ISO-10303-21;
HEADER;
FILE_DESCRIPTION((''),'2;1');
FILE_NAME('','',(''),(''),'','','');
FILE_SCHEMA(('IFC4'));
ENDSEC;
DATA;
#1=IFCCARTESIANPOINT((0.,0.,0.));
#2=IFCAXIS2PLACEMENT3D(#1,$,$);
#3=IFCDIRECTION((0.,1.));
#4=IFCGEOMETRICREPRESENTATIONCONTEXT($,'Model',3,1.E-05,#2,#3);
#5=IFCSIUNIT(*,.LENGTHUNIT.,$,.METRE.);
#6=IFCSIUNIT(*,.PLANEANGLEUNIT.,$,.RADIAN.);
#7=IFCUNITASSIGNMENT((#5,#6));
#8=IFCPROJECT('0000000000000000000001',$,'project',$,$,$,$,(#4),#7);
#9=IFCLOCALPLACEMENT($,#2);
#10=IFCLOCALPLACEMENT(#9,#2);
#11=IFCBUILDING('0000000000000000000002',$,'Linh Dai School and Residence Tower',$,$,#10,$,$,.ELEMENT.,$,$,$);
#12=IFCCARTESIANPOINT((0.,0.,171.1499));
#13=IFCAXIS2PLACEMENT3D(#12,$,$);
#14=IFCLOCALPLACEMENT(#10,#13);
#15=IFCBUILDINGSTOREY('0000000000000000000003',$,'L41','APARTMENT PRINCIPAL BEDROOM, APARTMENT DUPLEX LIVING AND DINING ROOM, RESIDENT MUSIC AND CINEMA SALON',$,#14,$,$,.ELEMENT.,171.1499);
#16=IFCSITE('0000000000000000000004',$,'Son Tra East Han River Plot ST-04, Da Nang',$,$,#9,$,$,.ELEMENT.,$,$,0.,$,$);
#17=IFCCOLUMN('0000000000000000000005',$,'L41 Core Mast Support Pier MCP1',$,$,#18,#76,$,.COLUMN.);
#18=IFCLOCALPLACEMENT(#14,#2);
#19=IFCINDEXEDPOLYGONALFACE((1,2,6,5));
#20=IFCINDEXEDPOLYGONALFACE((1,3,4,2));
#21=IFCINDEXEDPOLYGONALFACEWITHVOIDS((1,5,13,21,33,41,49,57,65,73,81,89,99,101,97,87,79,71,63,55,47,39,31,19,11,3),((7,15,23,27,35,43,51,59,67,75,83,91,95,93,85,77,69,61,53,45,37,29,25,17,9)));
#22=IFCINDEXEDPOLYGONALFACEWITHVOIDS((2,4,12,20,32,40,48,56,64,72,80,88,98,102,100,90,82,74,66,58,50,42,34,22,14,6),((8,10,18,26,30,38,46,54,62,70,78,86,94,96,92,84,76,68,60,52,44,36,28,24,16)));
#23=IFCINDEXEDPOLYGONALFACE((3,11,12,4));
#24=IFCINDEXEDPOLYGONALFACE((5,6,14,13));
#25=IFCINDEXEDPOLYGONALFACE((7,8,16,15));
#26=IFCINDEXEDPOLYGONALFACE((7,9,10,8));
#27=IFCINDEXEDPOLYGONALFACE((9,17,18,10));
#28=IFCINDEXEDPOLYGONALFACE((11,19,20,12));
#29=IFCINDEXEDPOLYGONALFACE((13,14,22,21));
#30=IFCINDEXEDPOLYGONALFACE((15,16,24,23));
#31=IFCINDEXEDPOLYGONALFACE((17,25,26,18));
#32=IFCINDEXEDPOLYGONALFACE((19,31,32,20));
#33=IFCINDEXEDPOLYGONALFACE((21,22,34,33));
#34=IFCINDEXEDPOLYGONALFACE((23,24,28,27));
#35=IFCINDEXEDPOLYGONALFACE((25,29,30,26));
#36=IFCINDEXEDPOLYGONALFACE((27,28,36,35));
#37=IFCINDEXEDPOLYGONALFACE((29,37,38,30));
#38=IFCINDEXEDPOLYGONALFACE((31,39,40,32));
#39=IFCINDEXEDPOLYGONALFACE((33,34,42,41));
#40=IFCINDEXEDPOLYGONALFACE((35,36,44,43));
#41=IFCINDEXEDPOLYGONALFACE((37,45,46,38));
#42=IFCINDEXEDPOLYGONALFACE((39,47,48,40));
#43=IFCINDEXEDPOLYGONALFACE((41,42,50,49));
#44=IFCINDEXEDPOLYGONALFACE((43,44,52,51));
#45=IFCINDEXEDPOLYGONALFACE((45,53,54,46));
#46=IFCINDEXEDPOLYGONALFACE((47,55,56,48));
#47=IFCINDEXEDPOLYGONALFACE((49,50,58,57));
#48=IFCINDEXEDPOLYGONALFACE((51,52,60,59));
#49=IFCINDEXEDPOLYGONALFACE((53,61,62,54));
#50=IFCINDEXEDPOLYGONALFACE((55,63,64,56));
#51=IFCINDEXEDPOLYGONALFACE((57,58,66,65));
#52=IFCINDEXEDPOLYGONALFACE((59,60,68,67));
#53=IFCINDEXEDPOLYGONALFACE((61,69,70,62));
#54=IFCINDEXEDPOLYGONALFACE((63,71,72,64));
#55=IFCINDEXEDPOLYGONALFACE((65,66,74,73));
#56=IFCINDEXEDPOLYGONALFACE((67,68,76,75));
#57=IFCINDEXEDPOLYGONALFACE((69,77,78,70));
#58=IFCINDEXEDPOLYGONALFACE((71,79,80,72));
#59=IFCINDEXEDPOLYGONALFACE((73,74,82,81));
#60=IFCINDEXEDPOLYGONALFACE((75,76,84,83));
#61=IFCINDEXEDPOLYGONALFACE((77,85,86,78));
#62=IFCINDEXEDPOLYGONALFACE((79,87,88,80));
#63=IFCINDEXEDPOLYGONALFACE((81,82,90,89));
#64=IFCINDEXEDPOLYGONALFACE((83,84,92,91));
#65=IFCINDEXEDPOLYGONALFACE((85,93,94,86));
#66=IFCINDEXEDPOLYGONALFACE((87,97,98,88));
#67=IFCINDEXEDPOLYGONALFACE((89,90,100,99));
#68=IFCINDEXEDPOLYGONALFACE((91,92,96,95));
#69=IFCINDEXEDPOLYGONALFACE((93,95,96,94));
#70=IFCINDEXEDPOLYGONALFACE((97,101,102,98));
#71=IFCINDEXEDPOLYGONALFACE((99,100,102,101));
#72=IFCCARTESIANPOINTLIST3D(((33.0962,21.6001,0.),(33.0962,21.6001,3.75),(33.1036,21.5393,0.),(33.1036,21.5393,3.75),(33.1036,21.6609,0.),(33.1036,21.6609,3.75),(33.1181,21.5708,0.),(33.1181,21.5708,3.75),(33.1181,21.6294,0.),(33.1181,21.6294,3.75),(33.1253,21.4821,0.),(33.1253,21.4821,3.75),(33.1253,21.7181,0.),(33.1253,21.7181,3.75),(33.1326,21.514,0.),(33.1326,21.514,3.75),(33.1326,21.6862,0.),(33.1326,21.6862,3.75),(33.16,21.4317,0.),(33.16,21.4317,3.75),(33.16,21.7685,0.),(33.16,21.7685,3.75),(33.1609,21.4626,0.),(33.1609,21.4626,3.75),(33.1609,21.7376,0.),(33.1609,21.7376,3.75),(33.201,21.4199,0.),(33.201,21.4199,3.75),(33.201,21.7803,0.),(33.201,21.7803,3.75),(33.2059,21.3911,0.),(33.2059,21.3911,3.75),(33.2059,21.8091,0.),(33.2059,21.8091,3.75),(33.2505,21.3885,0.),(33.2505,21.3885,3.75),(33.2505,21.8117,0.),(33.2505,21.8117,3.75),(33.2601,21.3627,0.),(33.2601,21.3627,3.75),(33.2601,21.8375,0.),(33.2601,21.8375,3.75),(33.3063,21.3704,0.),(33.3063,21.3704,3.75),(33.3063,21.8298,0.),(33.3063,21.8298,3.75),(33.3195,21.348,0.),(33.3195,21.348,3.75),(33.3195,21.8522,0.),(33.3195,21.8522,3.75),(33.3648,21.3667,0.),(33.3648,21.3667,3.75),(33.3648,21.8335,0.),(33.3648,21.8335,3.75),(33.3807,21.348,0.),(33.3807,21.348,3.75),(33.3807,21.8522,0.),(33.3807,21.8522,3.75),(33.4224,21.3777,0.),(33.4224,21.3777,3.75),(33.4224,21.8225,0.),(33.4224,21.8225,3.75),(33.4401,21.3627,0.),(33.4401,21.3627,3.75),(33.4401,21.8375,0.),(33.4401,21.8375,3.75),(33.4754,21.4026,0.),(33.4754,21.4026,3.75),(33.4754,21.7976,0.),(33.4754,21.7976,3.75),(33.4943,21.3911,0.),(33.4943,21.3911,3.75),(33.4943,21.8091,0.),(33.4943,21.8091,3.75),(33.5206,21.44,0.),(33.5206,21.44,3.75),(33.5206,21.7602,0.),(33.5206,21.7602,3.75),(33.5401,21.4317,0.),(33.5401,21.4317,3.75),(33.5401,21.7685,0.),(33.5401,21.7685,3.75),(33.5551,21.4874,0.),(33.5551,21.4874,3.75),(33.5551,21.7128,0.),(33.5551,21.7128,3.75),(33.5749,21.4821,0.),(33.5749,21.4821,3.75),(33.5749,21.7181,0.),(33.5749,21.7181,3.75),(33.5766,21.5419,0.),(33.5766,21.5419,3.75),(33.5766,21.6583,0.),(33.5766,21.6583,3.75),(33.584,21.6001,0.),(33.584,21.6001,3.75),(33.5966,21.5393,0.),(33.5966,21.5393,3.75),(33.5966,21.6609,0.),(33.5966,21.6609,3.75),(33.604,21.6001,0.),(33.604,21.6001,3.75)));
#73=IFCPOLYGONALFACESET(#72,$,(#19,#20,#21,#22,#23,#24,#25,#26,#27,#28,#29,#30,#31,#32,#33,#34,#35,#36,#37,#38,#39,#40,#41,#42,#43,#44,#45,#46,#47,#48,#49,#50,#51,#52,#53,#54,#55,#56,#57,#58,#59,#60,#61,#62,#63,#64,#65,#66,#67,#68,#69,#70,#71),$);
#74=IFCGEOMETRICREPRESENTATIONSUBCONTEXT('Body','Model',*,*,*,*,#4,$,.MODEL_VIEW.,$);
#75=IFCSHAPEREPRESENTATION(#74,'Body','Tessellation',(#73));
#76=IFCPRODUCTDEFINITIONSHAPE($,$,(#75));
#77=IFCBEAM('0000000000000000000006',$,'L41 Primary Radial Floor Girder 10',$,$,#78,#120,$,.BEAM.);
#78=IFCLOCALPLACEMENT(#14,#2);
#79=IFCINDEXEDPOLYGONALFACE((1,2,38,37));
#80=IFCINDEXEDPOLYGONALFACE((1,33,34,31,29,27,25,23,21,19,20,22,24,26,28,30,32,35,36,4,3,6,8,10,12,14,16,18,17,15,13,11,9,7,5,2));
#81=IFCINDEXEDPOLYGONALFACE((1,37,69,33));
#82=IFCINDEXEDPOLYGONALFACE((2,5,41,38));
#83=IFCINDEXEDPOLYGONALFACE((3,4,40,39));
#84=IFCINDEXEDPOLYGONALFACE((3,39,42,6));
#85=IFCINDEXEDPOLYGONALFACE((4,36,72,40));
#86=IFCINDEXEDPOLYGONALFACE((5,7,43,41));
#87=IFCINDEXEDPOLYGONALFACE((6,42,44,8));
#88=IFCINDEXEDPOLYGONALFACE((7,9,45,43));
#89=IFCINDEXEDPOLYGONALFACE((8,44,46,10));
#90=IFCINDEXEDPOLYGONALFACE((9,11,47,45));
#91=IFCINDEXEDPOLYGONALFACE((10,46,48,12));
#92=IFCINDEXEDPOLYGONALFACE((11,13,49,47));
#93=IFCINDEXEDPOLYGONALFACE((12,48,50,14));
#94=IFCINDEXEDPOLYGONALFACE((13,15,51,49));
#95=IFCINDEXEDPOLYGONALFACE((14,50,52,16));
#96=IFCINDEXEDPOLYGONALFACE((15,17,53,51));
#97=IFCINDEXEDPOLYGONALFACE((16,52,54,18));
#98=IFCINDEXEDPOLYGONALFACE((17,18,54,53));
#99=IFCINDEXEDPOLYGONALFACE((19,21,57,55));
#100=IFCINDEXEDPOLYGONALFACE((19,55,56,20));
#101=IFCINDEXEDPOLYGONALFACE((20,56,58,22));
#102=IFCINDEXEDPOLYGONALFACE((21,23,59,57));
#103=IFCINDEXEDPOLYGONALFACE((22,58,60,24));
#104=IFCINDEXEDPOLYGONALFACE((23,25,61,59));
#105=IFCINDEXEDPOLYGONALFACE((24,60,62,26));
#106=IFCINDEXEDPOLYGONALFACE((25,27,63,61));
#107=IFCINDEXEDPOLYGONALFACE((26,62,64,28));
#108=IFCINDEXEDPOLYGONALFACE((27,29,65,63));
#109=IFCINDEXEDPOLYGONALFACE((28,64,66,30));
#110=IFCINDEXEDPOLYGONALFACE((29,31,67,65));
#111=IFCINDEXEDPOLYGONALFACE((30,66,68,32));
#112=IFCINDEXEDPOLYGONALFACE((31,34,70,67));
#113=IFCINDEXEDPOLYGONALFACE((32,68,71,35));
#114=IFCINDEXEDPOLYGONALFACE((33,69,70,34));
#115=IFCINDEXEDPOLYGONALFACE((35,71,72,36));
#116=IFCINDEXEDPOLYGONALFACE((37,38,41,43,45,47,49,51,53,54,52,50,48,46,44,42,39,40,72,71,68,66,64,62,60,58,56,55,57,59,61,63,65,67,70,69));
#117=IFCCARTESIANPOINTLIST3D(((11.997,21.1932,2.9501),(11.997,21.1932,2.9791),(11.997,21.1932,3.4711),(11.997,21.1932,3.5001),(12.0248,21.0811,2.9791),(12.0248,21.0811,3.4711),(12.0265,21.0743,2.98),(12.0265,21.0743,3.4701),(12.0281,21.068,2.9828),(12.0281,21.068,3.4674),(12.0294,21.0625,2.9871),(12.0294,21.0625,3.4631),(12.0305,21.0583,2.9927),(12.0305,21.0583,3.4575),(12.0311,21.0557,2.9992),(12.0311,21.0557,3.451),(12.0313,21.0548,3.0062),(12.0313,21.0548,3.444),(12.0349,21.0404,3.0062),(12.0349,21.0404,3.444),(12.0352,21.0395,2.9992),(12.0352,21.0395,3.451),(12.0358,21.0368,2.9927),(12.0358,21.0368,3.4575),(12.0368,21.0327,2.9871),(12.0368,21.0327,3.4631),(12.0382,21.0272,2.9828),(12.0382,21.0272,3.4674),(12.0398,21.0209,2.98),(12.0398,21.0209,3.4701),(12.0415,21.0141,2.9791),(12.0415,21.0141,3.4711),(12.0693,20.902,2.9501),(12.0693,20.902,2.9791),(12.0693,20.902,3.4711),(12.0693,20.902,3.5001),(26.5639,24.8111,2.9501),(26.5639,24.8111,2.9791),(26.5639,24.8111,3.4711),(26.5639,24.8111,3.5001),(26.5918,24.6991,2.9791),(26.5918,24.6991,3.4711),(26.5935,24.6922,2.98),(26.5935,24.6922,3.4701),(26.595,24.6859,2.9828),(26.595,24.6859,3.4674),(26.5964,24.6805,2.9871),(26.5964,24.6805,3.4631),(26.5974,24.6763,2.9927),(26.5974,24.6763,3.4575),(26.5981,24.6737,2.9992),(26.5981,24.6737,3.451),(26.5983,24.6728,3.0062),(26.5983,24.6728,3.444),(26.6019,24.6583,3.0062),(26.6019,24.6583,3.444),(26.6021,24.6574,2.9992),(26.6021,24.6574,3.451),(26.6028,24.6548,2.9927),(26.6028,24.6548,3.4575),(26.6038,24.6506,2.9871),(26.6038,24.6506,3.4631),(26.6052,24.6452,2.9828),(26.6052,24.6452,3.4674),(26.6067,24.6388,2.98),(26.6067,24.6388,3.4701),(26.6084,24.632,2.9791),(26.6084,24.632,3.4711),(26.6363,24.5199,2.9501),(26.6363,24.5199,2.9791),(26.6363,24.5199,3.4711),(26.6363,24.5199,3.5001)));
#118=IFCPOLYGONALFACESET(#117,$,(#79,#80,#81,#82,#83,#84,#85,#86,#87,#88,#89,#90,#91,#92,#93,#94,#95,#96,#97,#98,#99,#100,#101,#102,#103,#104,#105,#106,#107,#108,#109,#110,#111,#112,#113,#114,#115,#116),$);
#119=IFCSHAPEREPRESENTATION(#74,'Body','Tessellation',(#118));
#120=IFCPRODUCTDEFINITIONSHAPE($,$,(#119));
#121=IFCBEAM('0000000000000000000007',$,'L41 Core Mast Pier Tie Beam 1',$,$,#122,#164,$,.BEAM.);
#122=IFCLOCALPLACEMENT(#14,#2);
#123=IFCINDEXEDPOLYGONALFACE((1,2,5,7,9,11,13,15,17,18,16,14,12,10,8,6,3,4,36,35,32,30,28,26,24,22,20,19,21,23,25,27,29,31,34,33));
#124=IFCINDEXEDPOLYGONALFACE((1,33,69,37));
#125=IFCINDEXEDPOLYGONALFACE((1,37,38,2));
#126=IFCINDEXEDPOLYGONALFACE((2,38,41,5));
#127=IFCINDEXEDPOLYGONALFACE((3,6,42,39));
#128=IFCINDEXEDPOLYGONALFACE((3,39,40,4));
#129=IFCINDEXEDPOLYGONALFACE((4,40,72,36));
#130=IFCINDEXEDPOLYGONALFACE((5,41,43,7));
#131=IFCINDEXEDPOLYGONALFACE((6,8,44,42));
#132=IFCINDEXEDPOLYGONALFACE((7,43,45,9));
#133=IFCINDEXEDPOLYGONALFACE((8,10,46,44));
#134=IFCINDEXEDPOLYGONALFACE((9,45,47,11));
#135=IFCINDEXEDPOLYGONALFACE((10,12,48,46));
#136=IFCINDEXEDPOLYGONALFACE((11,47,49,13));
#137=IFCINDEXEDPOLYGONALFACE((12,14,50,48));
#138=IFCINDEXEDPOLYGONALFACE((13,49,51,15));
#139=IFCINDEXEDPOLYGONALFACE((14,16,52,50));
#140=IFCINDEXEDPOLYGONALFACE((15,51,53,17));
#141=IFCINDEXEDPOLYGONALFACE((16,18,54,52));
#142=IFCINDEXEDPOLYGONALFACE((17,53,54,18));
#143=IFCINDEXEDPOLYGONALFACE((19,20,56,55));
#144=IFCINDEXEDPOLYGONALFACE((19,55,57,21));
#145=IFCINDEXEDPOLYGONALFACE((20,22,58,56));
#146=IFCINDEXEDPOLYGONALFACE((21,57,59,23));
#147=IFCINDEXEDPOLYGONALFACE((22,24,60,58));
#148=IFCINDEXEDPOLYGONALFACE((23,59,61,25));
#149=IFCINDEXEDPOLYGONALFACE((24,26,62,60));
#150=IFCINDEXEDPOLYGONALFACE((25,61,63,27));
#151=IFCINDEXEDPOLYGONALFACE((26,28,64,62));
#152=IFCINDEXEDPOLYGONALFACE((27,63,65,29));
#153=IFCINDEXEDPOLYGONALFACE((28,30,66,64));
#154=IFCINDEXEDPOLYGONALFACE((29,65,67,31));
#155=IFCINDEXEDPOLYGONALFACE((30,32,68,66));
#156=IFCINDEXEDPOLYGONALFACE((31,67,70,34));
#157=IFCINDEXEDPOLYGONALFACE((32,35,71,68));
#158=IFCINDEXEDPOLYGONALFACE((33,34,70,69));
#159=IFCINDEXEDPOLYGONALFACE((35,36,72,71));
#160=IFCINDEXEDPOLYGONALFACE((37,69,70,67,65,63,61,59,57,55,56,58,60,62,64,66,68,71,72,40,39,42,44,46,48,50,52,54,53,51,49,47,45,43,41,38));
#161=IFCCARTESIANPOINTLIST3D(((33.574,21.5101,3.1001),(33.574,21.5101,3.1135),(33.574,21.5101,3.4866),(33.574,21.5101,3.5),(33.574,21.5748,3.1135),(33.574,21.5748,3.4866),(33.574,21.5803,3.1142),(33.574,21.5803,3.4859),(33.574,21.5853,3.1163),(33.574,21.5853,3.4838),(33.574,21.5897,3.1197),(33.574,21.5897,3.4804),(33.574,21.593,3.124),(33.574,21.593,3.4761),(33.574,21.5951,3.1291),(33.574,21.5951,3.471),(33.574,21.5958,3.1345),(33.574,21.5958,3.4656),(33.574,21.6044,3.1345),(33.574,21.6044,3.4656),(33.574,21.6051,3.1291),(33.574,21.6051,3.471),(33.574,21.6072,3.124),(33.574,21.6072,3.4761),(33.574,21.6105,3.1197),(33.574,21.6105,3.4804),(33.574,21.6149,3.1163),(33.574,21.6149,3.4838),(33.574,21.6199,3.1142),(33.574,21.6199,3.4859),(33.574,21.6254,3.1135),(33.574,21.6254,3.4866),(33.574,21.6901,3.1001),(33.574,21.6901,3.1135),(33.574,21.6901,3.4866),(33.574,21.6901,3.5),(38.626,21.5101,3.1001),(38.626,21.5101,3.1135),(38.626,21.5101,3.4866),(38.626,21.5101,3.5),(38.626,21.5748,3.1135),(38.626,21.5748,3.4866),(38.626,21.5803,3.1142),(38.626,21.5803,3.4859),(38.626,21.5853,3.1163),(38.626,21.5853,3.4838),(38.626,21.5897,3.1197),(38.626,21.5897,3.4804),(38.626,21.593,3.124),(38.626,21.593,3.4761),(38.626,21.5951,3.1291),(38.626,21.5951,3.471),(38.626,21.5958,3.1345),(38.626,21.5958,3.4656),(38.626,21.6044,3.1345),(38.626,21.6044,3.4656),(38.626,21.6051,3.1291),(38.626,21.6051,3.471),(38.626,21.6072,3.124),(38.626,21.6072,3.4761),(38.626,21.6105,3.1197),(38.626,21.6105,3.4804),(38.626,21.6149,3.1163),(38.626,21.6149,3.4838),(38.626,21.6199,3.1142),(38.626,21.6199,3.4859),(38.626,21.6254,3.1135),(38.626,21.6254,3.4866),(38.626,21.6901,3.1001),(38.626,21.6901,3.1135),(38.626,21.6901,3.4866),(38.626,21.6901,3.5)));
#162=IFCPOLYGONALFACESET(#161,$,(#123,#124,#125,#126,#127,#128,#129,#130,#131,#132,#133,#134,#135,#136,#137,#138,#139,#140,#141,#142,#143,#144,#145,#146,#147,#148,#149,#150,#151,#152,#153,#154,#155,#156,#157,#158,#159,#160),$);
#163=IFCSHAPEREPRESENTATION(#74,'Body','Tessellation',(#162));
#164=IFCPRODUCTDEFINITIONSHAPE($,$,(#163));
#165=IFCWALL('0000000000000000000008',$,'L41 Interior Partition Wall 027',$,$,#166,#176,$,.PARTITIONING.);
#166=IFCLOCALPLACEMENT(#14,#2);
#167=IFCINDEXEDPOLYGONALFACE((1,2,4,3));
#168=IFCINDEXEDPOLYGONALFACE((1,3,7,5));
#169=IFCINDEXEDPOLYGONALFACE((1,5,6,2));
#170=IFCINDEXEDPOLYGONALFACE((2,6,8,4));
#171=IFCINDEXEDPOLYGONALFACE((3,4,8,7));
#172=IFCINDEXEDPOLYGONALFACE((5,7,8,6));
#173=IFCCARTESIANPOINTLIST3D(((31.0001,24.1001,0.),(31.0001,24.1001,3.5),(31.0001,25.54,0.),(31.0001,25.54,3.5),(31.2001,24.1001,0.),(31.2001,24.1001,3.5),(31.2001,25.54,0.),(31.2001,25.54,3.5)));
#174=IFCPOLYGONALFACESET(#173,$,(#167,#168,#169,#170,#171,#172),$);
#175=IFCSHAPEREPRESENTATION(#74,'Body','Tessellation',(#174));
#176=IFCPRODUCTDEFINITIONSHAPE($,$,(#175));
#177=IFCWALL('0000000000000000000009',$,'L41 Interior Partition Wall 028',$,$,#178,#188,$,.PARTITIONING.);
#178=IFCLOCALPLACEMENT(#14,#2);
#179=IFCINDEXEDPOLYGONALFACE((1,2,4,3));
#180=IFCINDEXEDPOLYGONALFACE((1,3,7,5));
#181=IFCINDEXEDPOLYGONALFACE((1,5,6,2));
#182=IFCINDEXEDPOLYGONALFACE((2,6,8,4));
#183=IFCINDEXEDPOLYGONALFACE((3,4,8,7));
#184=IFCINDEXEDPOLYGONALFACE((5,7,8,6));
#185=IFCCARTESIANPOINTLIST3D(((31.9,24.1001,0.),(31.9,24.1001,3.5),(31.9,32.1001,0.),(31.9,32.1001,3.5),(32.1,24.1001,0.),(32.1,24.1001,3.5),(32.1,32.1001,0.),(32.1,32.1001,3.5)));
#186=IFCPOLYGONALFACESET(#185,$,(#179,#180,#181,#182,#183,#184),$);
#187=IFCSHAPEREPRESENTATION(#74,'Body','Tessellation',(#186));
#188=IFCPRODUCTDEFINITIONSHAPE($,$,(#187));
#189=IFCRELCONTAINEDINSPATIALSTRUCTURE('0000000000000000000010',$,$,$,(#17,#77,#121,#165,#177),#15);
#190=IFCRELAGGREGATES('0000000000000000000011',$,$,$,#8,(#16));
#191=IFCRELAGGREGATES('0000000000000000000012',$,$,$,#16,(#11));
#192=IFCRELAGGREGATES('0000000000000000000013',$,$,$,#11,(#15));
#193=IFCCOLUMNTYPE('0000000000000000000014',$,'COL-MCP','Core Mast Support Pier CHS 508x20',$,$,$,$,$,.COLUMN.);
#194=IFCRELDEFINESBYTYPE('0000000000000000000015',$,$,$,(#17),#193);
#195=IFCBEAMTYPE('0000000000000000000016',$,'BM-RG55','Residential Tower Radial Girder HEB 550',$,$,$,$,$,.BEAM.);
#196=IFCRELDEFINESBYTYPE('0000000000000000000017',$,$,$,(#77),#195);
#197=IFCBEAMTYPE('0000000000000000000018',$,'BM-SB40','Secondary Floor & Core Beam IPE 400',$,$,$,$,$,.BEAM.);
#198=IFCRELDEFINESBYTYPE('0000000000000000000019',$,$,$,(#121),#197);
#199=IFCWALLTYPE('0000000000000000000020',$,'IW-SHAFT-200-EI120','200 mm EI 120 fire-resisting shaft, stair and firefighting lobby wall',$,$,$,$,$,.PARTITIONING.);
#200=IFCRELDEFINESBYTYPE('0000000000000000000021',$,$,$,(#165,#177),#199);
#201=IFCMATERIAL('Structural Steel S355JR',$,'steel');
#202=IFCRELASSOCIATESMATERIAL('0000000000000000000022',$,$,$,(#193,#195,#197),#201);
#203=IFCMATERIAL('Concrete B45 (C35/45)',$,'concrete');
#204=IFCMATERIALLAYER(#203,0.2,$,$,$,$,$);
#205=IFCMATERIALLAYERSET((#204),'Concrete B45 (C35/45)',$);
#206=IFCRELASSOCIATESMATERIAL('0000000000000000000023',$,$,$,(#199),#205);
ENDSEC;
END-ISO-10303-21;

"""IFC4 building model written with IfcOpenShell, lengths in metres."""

from ifc_helpers import new_model, si_unit, direction, frame, frame_2d, origin, origin_2d, place, context, subcontext, project, spatial, rectangle, hollow_circle, i_section, extrude, material, layer, layer_set, material_profile, profile_set, type_object, element, save


model = new_model("IFC4")

# Units and contexts
model_context = context("Model", 3, precision=1e-05, world=origin(), true_north=direction((0.0, 1.0)))
body_context = subcontext(model_context, "Body", "Model", "MODEL_VIEW")
ifc_project = project(units=[si_unit("LENGTHUNIT", "METRE"), si_unit("PLANEANGLEUNIT", "RADIAN")], contexts=[model_context])

# Site, building, storey
site_placement = place(None, origin())
site = spatial("IfcSite", under=ifc_project, at=site_placement, Name="Son Tra East Han River Plot ST-04, Da Nang", CompositionType="ELEMENT", RefElevation=0.0)
building_placement = place(site_placement, origin())
building = spatial("IfcBuilding", under=site, at=building_placement, Name="Linh Dai School and Residence Tower", CompositionType="ELEMENT")
storey_placement = place(building_placement, frame((0.0, 0.0, 171.1499)))
storey = spatial("IfcBuildingStorey", under=building, at=storey_placement, Name="L41", Description="APARTMENT PRINCIPAL BEDROOM, APARTMENT DUPLEX LIVING AND DINING ROOM, RESIDENT MUSIC AND CINEMA SALON", CompositionType="ELEMENT", Elevation=171.1499)

# Column
ifc_material_1 = material(Name="Structural Steel S355JR", Category="steel")
ifc_material_profile_1 = material_profile(ifc_material_1, hollow_circle(Radius=0.2539, WallThickness=0.02, at=origin_2d()), Name="CHS 508x20")
ifc_profile_set_1 = profile_set([ifc_material_profile_1], Name="Structural Steel S355JR")
column_type_1 = type_object("IfcColumnType", Name="COL-MCP", Description="Core Mast Support Pier CHS 508x20", PredefinedType="COLUMN", material=ifc_profile_set_1)
column_placement = place(storey_placement, frame((33.3501, 21.6001, 0.0), z_axis=(0.0, 0.0, 1.0), x_axis=(1.0, 0.0, 0.0)))
element("IfcColumn", 1, at=column_placement, inside=storey, type_object=column_type_1, Name="L41 Core Mast Support Pier MCP1", PredefinedType="COLUMN", context=body_context, shape_type="SweptSolid", body=[
    extrude(hollow_circle(Radius=0.2539, WallThickness=0.02, at=origin_2d()), origin(), (0.0, 0.0, 1.0), 3.75),
])

# Beams
ifc_material_profile_2 = material_profile(ifc_material_1, i_section(OverallWidth=0.3, OverallDepth=0.55, WebThickness=0.0149, FlangeThickness=0.0291, FilletRadius=0.0271, at=origin_2d()), Name="HEB 550")
ifc_profile_set_2 = profile_set([ifc_material_profile_2], Name="Structural Steel S355JR")
beam_type_1 = type_object("IfcBeamType", Name="BM-RG55", Description="Residential Tower Radial Girder HEB 550", PredefinedType="BEAM", material=ifc_profile_set_2)
beam_1_placement = place(storey_placement, frame((26.6001, 24.6655, 3.2251), z_axis=(-0.970515, -0.241043, 0.0), x_axis=(0.241043, -0.970515, 0.0)))
element("IfcBeam", 2, at=beam_1_placement, inside=storey, type_object=beam_type_1, Name="L41 Primary Radial Floor Girder 10", PredefinedType="BEAM", context=body_context, shape_type="SweptSolid", body=[
    extrude(i_section(OverallWidth=0.3, OverallDepth=0.55, WebThickness=0.0149, FlangeThickness=0.0291, FilletRadius=0.0271, at=origin_2d()), origin(), (0.0, 0.0, 1.0), 15.0095),
])
ifc_material_profile_3 = material_profile(ifc_material_1, i_section(OverallWidth=0.1799, OverallDepth=0.3999, WebThickness=0.0085, FlangeThickness=0.0134, FilletRadius=0.021, at=origin_2d()), Name="IPE 400")
ifc_profile_set_3 = profile_set([ifc_material_profile_3], Name="Structural Steel S355JR")
beam_type_2 = type_object("IfcBeamType", Name="BM-SB40", Description="Secondary Floor & Core Beam IPE 400", PredefinedType="BEAM", material=ifc_profile_set_3)
beam_2_placement = place(storey_placement, frame((33.574, 21.6001, 3.3), z_axis=(1.0, 0.0, 0.0), x_axis=(0.0, 1.0, 0.0)))
element("IfcBeam", 3, at=beam_2_placement, inside=storey, type_object=beam_type_2, Name="L41 Core Mast Pier Tie Beam 1", PredefinedType="BEAM", context=body_context, shape_type="SweptSolid", body=[
    extrude(i_section(OverallWidth=0.1799, OverallDepth=0.3999, WebThickness=0.0085, FlangeThickness=0.0134, FilletRadius=0.021, at=origin_2d()), origin(), (0.0, 0.0, 1.0), 5.052),
])

# Shared definitions
ifc_material_2 = material(Name="Concrete B45 (C35/45)", Category="concrete")
ifc_layer_1 = layer(ifc_material_2, 0.2)
ifc_layer_set_1 = layer_set([ifc_layer_1], Name="Concrete B45 (C35/45)")
wall_type_1 = type_object("IfcWallType", Name="IW-SHAFT-200-EI120", Description="200 mm EI 120 fire-resisting shaft, stair and firefighting lobby wall", PredefinedType="PARTITIONING", material=ifc_layer_set_1)

# Walls
wall_1_placement = place(storey_placement, frame((31.1001, 24.1001, 0.0), z_axis=(0.0, 0.0, 1.0), x_axis=(0.0, 1.0, 0.0)))
element("IfcWall", 4, at=wall_1_placement, inside=storey, type_object=wall_type_1, Name="L41 Interior Partition Wall 027", PredefinedType="PARTITIONING", context=body_context, shape_type="SweptSolid", body=[
    extrude(rectangle(XDim=1.4399, YDim=0.2, at=frame_2d((0.72, 0.0))), origin(), (0.0, 0.0, 1.0), 3.5),
])
wall_2_placement = place(storey_placement, frame((32.0, 24.1001, 0.0), z_axis=(0.0, 0.0, 1.0), x_axis=(0.0, 1.0, 0.0)))
element("IfcWall", 5, at=wall_2_placement, inside=storey, type_object=wall_type_1, Name="L41 Interior Partition Wall 028", PredefinedType="PARTITIONING", context=body_context, shape_type="SweptSolid", body=[
    extrude(rectangle(XDim=8.0, YDim=0.2, at=frame_2d((4.0, 0.0))), origin(), (0.0, 0.0, 1.0), 3.5),
])

save(model, "model.ifc")
